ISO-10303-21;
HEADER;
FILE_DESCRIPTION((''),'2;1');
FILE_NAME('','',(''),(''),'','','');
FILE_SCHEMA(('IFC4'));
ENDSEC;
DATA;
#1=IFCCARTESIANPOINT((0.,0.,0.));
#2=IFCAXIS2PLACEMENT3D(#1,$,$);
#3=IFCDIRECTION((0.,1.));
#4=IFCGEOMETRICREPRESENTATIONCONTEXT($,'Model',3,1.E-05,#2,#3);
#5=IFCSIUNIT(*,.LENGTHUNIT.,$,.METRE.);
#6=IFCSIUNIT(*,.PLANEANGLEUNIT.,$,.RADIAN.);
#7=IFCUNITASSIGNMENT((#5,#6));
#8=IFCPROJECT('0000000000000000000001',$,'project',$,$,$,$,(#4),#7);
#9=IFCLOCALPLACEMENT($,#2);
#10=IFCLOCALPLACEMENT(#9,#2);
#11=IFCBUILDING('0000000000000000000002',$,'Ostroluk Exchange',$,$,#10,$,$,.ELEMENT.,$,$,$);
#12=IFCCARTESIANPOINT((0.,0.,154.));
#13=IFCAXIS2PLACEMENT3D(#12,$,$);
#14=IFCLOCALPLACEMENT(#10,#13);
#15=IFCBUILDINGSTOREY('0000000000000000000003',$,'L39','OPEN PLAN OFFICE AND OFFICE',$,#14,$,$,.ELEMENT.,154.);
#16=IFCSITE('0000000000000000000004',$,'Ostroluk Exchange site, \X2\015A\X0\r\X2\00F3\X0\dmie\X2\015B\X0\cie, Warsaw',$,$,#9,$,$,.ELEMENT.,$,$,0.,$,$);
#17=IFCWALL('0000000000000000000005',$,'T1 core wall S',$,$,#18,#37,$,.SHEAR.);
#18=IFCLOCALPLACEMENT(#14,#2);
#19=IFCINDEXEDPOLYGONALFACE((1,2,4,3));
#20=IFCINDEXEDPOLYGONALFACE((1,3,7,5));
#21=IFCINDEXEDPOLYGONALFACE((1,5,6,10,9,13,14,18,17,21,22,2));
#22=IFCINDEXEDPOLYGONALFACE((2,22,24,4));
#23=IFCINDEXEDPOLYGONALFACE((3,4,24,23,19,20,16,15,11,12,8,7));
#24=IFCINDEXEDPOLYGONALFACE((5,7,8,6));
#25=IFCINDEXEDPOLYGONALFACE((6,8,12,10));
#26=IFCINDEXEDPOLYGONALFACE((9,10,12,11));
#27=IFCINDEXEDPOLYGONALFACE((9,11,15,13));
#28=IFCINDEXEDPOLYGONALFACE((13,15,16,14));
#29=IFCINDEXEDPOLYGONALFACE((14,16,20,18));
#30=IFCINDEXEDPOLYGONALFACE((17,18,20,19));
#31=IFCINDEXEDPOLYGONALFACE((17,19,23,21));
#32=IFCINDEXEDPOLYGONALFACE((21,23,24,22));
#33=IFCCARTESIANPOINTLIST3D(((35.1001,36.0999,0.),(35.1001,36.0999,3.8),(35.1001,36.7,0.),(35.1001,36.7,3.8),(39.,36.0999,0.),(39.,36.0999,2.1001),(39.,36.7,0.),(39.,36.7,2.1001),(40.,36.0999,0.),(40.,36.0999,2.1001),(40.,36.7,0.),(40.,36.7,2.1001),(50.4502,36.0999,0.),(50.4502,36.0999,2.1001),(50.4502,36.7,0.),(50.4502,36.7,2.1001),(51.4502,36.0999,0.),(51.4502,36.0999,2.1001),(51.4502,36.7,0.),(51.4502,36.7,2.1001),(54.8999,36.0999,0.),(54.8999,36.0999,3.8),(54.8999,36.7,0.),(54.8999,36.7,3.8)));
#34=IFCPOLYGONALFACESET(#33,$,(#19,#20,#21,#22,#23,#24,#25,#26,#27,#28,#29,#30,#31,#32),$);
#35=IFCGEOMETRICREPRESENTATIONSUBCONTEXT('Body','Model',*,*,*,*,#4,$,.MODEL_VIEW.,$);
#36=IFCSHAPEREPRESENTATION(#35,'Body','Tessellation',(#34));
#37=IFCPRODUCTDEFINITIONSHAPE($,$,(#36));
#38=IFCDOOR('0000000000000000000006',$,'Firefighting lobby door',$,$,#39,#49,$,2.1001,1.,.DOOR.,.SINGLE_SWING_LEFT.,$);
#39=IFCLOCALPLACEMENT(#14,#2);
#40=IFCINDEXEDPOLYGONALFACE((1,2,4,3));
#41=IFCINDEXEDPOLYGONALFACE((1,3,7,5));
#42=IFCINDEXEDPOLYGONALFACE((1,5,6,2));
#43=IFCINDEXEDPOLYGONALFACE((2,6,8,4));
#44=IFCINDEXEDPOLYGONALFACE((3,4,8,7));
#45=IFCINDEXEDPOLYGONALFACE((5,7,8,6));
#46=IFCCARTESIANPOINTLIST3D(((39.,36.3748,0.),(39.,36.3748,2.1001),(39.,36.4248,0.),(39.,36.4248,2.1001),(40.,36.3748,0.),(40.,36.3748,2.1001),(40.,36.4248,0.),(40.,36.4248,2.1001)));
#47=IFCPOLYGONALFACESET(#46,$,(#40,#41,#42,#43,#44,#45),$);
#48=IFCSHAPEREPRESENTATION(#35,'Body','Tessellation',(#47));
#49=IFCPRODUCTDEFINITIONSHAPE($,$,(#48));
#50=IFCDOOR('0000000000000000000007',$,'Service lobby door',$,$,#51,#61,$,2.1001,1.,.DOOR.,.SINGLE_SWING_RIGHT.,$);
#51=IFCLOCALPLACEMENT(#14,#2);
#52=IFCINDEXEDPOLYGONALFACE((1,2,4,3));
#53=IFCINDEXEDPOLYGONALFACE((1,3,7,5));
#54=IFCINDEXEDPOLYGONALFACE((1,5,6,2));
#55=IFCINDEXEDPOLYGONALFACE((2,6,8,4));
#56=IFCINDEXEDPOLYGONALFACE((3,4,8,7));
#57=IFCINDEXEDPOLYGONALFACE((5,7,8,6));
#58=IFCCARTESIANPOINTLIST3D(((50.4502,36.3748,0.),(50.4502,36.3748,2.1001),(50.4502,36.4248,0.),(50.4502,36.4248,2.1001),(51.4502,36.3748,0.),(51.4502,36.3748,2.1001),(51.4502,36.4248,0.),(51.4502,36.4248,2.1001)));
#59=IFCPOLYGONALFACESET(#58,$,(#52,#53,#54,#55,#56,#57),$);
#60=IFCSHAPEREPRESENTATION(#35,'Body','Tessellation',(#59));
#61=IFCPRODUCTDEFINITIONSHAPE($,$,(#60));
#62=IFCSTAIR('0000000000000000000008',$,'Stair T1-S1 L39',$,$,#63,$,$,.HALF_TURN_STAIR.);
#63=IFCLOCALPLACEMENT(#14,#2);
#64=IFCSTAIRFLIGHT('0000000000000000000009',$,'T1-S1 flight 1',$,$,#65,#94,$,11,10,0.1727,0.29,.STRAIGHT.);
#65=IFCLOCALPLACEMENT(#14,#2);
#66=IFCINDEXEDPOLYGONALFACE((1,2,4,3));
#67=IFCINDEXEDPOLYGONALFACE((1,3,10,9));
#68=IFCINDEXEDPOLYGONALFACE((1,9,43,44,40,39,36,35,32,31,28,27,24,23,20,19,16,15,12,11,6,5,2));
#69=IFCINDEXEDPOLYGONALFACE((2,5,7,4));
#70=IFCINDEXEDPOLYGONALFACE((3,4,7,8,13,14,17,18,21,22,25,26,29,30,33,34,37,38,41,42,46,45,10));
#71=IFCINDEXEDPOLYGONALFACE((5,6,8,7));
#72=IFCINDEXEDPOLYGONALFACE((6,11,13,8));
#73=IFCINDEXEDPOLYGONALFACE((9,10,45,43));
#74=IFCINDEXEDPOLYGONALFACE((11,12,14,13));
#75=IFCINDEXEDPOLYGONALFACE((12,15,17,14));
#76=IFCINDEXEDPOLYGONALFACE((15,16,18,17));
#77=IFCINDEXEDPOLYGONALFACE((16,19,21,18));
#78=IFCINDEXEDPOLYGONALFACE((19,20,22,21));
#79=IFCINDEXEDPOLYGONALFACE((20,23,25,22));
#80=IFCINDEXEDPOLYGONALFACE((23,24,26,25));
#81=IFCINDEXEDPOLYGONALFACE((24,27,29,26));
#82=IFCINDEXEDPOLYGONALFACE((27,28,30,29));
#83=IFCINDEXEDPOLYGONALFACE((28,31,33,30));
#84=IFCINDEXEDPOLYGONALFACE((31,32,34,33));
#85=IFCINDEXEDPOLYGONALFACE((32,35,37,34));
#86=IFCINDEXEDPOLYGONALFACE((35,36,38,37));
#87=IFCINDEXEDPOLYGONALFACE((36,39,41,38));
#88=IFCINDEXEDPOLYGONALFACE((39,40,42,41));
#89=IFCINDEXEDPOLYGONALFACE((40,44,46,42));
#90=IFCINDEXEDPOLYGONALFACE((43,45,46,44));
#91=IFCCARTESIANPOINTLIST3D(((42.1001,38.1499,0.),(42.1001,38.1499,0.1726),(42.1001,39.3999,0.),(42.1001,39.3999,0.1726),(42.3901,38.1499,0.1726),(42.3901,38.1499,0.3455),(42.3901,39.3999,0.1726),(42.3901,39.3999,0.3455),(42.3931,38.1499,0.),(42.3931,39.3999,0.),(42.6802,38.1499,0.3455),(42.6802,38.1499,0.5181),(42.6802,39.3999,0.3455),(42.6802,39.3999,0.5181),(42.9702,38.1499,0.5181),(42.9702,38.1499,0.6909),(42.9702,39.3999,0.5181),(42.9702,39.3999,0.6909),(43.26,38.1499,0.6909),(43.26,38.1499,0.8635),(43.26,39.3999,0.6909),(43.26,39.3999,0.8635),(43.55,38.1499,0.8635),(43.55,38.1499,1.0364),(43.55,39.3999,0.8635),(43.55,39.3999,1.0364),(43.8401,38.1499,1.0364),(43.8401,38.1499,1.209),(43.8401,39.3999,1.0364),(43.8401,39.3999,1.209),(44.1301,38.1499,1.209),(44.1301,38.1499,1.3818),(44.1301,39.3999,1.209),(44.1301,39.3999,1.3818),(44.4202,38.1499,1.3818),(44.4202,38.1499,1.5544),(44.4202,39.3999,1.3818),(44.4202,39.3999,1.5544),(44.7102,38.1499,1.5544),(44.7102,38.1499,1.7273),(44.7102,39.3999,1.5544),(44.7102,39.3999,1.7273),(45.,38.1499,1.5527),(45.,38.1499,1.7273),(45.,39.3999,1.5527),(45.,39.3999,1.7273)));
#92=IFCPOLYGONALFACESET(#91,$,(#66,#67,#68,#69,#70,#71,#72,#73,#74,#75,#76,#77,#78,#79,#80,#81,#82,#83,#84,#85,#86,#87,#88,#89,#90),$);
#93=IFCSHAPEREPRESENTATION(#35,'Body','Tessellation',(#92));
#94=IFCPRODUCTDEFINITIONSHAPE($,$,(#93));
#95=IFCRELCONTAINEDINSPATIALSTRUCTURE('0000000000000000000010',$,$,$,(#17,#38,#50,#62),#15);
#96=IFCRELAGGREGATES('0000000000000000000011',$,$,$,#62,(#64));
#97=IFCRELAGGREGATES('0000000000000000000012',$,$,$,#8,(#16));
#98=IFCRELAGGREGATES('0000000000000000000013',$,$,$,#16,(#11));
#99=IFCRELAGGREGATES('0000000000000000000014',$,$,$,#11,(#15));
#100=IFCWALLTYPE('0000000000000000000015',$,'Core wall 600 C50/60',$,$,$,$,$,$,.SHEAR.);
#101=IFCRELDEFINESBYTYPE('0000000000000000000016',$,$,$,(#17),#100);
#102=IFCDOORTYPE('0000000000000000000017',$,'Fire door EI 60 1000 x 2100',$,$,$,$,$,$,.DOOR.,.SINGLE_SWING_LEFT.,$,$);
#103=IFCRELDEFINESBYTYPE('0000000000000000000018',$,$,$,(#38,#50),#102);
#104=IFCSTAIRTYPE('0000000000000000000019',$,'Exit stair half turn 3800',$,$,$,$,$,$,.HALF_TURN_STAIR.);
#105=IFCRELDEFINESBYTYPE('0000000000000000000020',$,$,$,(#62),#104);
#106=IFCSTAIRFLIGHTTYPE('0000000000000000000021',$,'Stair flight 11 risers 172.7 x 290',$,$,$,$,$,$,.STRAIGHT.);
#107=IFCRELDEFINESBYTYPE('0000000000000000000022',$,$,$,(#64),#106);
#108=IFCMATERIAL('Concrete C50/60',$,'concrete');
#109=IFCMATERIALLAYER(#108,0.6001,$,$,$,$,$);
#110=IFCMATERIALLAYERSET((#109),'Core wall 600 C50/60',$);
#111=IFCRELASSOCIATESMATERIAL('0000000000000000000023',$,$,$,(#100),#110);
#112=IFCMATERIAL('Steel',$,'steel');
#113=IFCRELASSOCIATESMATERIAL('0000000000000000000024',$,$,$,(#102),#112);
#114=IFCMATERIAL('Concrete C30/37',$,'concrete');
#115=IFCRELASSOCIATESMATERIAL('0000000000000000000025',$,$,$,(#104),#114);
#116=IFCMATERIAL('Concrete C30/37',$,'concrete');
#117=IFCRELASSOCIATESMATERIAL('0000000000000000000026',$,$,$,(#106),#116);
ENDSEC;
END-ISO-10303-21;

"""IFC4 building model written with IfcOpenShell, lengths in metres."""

from ifc_helpers import new_model, si_unit, direction, frame, frame_2d, origin, place, context, subcontext, project, spatial, polyline, rectangle, outline, extrude, material, layer, layer_set, type_object, element, fill, aggregate, save


model = new_model("IFC4")

# Units and contexts
model_context = context("Model", 3, precision=1e-05, world=origin(), true_north=direction((0.0, 1.0)))
body_context = subcontext(model_context, "Body", "Model", "MODEL_VIEW")
ifc_project = project(units=[si_unit("LENGTHUNIT", "METRE"), si_unit("PLANEANGLEUNIT", "RADIAN")], contexts=[model_context])

# Site, building, storey
site_placement = place(None, origin())
site = spatial("IfcSite", under=ifc_project, at=site_placement, Name="Ostroluk Exchange site, Śródmieście, Warsaw", CompositionType="ELEMENT", RefElevation=0.0)
building_placement = place(site_placement, origin())
building = spatial("IfcBuilding", under=site, at=building_placement, Name="Ostroluk Exchange", CompositionType="ELEMENT")
storey_placement = place(building_placement, frame((0.0, 0.0, 154.0)))
storey = spatial("IfcBuildingStorey", under=building, at=storey_placement, Name="L39", Description="OPEN PLAN OFFICE AND OFFICE", CompositionType="ELEMENT", Elevation=154.0)

# Wall, openings, doors
ifc_material_1 = material(Name="Concrete C50/60", Category="concrete")
ifc_layer_1 = layer(ifc_material_1, 0.6001)
ifc_layer_set_1 = layer_set([ifc_layer_1], Name="Core wall 600 C50/60")
wall_type_1 = type_object("IfcWallType", Name="Core wall 600 C50/60", PredefinedType="SHEAR", material=ifc_layer_set_1)
wall_1_placement = place(storey_placement, frame((35.1001, 36.3999, 0.0), z_axis=(0.0, 0.0, 1.0), x_axis=(1.0, 0.0, 0.0)))
wall_1 = element("IfcWall", 1, at=wall_1_placement, inside=storey, type_object=wall_type_1, Name="T1 core wall S", PredefinedType="SHEAR", context=body_context, shape_type="SweptSolid", body=[
    extrude(rectangle(XDim=19.7998, YDim=0.6001, at=frame_2d((9.8999, 0.0))), origin(), (0.0, 0.0, 1.0), 3.8),
])
opening_1_placement = place(wall_1_placement, frame((3.8999, 0.0, 0.0)))
opening_1 = element("IfcOpeningElement", 2, at=opening_1_placement, cuts=wall_1, PredefinedType="OPENING", context=body_context, shape_type="SweptSolid", body=[
    extrude(rectangle(XDim=1.0, YDim=2.1001, at=frame_2d((0.5, 1.05))), frame((0.0, 0.3101, 0.0), z_axis=(0.0, -1.0, 0.0), x_axis=(1.0, 0.0, 0.0)), (0.0, 0.0, 1.0), 0.6201),
])
opening_2_placement = place(wall_1_placement, frame((15.3501, 0.0, 0.0)))
opening_2 = element("IfcOpeningElement", 3, at=opening_2_placement, cuts=wall_1, PredefinedType="OPENING", context=body_context, shape_type="SweptSolid", body=[
    extrude(rectangle(XDim=1.0, YDim=2.1001, at=frame_2d((0.5, 1.05))), frame((0.0, 0.3101, 0.0), z_axis=(0.0, -1.0, 0.0), x_axis=(1.0, 0.0, 0.0)), (0.0, 0.0, 1.0), 0.6201),
])
ifc_material_2 = material(Name="Steel", Category="steel")
door_type_1 = type_object("IfcDoorType", Name="Fire door EI 60 1000 x 2100", OperationType="SINGLE_SWING_LEFT", PredefinedType="DOOR", material=ifc_material_2)
door_1_placement = place(opening_1_placement, origin())
door_1 = element("IfcDoor", 4, at=door_1_placement, inside=storey, type_object=door_type_1, Name="Firefighting lobby door", OperationType="SINGLE_SWING_LEFT", OverallHeight=2.1001, OverallWidth=1.0, PredefinedType="DOOR", context=body_context, shape_type="SweptSolid", body=[
    extrude(rectangle(XDim=1.0, YDim=2.1001, at=frame_2d((0.5, 1.05))), frame((0.0, 0.0249, 0.0), z_axis=(0.0, -1.0, 0.0), x_axis=(1.0, 0.0, 0.0)), (0.0, 0.0, 1.0), 0.05),
])
fill(opening_1, door_1)
door_2_placement = place(opening_2_placement, origin())
door_2 = element("IfcDoor", 5, at=door_2_placement, inside=storey, type_object=door_type_1, Name="Service lobby door", OperationType="SINGLE_SWING_RIGHT", OverallHeight=2.1001, OverallWidth=1.0, PredefinedType="DOOR", context=body_context, shape_type="SweptSolid", body=[
    extrude(rectangle(XDim=1.0, YDim=2.1001, at=frame_2d((0.5, 1.05))), frame((0.0, 0.0249, 0.0), z_axis=(0.0, -1.0, 0.0), x_axis=(1.0, 0.0, 0.0)), (0.0, 0.0, 1.0), 0.05),
])
fill(opening_2, door_2)

# Stair, stair flight
ifc_material_3 = material(Name="Concrete C30/37", Category="concrete")
stair_type = type_object("IfcStairType", Name="Exit stair half turn 3800", PredefinedType="HALF_TURN_STAIR", material=ifc_material_3)
stair_placement = place(storey_placement, origin())
stair = element("IfcStair", 6, at=stair_placement, inside=storey, type_object=stair_type, Name="Stair T1-S1 L39", PredefinedType="HALF_TURN_STAIR")
ifc_material_4 = material(Name="Concrete C30/37", Category="concrete")
stair_flight_type = type_object("IfcStairFlightType", Name="Stair flight 11 risers 172.7 x 290", PredefinedType="STRAIGHT", material=ifc_material_4)
stair_flight_placement = place(storey_placement, frame((42.1001, 38.7749, 0.0), z_axis=(0.0, 0.0, 1.0), x_axis=(1.0, 0.0, 0.0)))
stair_flight = element("IfcStairFlight", 7, at=stair_flight_placement, type_object=stair_flight_type, Name="T1-S1 flight 1", NumberOfRisers=11, NumberOfTreads=10, PredefinedType="STRAIGHT", RiserHeight=0.1727, TreadLength=0.29, context=body_context, shape_type="SweptSolid", body=[
    extrude(outline(polyline([(0.0, 0.0), (0.0, 0.1726), (0.29, 0.1726), (0.29, 0.3455), (0.5801, 0.3455), (0.5801, 0.5181), (0.8701, 0.5181), (0.8701, 0.6909), (1.1599, 0.6909), (1.1599, 0.8635), (1.45, 0.8635), (1.45, 1.0364), (1.74, 1.0364), (1.74, 1.209), (2.03, 1.209), (2.03, 1.3818), (2.3201, 1.3818), (2.3201, 1.5544), (2.6101, 1.5544), (2.6101, 1.7273), (2.8999, 1.7273), (2.8999, 1.8999), (2.8999, 1.5527), (0.293, 0.0), (0.0, 0.0)])), frame((0.0, 0.625, 0.0), z_axis=(0.0, -1.0, 0.0), x_axis=(1.0, 0.0, 0.0)), (0.0, 0.0, 1.0), 1.25),
])
aggregate(stair, [stair_flight])

save(model, "model.ifc")
